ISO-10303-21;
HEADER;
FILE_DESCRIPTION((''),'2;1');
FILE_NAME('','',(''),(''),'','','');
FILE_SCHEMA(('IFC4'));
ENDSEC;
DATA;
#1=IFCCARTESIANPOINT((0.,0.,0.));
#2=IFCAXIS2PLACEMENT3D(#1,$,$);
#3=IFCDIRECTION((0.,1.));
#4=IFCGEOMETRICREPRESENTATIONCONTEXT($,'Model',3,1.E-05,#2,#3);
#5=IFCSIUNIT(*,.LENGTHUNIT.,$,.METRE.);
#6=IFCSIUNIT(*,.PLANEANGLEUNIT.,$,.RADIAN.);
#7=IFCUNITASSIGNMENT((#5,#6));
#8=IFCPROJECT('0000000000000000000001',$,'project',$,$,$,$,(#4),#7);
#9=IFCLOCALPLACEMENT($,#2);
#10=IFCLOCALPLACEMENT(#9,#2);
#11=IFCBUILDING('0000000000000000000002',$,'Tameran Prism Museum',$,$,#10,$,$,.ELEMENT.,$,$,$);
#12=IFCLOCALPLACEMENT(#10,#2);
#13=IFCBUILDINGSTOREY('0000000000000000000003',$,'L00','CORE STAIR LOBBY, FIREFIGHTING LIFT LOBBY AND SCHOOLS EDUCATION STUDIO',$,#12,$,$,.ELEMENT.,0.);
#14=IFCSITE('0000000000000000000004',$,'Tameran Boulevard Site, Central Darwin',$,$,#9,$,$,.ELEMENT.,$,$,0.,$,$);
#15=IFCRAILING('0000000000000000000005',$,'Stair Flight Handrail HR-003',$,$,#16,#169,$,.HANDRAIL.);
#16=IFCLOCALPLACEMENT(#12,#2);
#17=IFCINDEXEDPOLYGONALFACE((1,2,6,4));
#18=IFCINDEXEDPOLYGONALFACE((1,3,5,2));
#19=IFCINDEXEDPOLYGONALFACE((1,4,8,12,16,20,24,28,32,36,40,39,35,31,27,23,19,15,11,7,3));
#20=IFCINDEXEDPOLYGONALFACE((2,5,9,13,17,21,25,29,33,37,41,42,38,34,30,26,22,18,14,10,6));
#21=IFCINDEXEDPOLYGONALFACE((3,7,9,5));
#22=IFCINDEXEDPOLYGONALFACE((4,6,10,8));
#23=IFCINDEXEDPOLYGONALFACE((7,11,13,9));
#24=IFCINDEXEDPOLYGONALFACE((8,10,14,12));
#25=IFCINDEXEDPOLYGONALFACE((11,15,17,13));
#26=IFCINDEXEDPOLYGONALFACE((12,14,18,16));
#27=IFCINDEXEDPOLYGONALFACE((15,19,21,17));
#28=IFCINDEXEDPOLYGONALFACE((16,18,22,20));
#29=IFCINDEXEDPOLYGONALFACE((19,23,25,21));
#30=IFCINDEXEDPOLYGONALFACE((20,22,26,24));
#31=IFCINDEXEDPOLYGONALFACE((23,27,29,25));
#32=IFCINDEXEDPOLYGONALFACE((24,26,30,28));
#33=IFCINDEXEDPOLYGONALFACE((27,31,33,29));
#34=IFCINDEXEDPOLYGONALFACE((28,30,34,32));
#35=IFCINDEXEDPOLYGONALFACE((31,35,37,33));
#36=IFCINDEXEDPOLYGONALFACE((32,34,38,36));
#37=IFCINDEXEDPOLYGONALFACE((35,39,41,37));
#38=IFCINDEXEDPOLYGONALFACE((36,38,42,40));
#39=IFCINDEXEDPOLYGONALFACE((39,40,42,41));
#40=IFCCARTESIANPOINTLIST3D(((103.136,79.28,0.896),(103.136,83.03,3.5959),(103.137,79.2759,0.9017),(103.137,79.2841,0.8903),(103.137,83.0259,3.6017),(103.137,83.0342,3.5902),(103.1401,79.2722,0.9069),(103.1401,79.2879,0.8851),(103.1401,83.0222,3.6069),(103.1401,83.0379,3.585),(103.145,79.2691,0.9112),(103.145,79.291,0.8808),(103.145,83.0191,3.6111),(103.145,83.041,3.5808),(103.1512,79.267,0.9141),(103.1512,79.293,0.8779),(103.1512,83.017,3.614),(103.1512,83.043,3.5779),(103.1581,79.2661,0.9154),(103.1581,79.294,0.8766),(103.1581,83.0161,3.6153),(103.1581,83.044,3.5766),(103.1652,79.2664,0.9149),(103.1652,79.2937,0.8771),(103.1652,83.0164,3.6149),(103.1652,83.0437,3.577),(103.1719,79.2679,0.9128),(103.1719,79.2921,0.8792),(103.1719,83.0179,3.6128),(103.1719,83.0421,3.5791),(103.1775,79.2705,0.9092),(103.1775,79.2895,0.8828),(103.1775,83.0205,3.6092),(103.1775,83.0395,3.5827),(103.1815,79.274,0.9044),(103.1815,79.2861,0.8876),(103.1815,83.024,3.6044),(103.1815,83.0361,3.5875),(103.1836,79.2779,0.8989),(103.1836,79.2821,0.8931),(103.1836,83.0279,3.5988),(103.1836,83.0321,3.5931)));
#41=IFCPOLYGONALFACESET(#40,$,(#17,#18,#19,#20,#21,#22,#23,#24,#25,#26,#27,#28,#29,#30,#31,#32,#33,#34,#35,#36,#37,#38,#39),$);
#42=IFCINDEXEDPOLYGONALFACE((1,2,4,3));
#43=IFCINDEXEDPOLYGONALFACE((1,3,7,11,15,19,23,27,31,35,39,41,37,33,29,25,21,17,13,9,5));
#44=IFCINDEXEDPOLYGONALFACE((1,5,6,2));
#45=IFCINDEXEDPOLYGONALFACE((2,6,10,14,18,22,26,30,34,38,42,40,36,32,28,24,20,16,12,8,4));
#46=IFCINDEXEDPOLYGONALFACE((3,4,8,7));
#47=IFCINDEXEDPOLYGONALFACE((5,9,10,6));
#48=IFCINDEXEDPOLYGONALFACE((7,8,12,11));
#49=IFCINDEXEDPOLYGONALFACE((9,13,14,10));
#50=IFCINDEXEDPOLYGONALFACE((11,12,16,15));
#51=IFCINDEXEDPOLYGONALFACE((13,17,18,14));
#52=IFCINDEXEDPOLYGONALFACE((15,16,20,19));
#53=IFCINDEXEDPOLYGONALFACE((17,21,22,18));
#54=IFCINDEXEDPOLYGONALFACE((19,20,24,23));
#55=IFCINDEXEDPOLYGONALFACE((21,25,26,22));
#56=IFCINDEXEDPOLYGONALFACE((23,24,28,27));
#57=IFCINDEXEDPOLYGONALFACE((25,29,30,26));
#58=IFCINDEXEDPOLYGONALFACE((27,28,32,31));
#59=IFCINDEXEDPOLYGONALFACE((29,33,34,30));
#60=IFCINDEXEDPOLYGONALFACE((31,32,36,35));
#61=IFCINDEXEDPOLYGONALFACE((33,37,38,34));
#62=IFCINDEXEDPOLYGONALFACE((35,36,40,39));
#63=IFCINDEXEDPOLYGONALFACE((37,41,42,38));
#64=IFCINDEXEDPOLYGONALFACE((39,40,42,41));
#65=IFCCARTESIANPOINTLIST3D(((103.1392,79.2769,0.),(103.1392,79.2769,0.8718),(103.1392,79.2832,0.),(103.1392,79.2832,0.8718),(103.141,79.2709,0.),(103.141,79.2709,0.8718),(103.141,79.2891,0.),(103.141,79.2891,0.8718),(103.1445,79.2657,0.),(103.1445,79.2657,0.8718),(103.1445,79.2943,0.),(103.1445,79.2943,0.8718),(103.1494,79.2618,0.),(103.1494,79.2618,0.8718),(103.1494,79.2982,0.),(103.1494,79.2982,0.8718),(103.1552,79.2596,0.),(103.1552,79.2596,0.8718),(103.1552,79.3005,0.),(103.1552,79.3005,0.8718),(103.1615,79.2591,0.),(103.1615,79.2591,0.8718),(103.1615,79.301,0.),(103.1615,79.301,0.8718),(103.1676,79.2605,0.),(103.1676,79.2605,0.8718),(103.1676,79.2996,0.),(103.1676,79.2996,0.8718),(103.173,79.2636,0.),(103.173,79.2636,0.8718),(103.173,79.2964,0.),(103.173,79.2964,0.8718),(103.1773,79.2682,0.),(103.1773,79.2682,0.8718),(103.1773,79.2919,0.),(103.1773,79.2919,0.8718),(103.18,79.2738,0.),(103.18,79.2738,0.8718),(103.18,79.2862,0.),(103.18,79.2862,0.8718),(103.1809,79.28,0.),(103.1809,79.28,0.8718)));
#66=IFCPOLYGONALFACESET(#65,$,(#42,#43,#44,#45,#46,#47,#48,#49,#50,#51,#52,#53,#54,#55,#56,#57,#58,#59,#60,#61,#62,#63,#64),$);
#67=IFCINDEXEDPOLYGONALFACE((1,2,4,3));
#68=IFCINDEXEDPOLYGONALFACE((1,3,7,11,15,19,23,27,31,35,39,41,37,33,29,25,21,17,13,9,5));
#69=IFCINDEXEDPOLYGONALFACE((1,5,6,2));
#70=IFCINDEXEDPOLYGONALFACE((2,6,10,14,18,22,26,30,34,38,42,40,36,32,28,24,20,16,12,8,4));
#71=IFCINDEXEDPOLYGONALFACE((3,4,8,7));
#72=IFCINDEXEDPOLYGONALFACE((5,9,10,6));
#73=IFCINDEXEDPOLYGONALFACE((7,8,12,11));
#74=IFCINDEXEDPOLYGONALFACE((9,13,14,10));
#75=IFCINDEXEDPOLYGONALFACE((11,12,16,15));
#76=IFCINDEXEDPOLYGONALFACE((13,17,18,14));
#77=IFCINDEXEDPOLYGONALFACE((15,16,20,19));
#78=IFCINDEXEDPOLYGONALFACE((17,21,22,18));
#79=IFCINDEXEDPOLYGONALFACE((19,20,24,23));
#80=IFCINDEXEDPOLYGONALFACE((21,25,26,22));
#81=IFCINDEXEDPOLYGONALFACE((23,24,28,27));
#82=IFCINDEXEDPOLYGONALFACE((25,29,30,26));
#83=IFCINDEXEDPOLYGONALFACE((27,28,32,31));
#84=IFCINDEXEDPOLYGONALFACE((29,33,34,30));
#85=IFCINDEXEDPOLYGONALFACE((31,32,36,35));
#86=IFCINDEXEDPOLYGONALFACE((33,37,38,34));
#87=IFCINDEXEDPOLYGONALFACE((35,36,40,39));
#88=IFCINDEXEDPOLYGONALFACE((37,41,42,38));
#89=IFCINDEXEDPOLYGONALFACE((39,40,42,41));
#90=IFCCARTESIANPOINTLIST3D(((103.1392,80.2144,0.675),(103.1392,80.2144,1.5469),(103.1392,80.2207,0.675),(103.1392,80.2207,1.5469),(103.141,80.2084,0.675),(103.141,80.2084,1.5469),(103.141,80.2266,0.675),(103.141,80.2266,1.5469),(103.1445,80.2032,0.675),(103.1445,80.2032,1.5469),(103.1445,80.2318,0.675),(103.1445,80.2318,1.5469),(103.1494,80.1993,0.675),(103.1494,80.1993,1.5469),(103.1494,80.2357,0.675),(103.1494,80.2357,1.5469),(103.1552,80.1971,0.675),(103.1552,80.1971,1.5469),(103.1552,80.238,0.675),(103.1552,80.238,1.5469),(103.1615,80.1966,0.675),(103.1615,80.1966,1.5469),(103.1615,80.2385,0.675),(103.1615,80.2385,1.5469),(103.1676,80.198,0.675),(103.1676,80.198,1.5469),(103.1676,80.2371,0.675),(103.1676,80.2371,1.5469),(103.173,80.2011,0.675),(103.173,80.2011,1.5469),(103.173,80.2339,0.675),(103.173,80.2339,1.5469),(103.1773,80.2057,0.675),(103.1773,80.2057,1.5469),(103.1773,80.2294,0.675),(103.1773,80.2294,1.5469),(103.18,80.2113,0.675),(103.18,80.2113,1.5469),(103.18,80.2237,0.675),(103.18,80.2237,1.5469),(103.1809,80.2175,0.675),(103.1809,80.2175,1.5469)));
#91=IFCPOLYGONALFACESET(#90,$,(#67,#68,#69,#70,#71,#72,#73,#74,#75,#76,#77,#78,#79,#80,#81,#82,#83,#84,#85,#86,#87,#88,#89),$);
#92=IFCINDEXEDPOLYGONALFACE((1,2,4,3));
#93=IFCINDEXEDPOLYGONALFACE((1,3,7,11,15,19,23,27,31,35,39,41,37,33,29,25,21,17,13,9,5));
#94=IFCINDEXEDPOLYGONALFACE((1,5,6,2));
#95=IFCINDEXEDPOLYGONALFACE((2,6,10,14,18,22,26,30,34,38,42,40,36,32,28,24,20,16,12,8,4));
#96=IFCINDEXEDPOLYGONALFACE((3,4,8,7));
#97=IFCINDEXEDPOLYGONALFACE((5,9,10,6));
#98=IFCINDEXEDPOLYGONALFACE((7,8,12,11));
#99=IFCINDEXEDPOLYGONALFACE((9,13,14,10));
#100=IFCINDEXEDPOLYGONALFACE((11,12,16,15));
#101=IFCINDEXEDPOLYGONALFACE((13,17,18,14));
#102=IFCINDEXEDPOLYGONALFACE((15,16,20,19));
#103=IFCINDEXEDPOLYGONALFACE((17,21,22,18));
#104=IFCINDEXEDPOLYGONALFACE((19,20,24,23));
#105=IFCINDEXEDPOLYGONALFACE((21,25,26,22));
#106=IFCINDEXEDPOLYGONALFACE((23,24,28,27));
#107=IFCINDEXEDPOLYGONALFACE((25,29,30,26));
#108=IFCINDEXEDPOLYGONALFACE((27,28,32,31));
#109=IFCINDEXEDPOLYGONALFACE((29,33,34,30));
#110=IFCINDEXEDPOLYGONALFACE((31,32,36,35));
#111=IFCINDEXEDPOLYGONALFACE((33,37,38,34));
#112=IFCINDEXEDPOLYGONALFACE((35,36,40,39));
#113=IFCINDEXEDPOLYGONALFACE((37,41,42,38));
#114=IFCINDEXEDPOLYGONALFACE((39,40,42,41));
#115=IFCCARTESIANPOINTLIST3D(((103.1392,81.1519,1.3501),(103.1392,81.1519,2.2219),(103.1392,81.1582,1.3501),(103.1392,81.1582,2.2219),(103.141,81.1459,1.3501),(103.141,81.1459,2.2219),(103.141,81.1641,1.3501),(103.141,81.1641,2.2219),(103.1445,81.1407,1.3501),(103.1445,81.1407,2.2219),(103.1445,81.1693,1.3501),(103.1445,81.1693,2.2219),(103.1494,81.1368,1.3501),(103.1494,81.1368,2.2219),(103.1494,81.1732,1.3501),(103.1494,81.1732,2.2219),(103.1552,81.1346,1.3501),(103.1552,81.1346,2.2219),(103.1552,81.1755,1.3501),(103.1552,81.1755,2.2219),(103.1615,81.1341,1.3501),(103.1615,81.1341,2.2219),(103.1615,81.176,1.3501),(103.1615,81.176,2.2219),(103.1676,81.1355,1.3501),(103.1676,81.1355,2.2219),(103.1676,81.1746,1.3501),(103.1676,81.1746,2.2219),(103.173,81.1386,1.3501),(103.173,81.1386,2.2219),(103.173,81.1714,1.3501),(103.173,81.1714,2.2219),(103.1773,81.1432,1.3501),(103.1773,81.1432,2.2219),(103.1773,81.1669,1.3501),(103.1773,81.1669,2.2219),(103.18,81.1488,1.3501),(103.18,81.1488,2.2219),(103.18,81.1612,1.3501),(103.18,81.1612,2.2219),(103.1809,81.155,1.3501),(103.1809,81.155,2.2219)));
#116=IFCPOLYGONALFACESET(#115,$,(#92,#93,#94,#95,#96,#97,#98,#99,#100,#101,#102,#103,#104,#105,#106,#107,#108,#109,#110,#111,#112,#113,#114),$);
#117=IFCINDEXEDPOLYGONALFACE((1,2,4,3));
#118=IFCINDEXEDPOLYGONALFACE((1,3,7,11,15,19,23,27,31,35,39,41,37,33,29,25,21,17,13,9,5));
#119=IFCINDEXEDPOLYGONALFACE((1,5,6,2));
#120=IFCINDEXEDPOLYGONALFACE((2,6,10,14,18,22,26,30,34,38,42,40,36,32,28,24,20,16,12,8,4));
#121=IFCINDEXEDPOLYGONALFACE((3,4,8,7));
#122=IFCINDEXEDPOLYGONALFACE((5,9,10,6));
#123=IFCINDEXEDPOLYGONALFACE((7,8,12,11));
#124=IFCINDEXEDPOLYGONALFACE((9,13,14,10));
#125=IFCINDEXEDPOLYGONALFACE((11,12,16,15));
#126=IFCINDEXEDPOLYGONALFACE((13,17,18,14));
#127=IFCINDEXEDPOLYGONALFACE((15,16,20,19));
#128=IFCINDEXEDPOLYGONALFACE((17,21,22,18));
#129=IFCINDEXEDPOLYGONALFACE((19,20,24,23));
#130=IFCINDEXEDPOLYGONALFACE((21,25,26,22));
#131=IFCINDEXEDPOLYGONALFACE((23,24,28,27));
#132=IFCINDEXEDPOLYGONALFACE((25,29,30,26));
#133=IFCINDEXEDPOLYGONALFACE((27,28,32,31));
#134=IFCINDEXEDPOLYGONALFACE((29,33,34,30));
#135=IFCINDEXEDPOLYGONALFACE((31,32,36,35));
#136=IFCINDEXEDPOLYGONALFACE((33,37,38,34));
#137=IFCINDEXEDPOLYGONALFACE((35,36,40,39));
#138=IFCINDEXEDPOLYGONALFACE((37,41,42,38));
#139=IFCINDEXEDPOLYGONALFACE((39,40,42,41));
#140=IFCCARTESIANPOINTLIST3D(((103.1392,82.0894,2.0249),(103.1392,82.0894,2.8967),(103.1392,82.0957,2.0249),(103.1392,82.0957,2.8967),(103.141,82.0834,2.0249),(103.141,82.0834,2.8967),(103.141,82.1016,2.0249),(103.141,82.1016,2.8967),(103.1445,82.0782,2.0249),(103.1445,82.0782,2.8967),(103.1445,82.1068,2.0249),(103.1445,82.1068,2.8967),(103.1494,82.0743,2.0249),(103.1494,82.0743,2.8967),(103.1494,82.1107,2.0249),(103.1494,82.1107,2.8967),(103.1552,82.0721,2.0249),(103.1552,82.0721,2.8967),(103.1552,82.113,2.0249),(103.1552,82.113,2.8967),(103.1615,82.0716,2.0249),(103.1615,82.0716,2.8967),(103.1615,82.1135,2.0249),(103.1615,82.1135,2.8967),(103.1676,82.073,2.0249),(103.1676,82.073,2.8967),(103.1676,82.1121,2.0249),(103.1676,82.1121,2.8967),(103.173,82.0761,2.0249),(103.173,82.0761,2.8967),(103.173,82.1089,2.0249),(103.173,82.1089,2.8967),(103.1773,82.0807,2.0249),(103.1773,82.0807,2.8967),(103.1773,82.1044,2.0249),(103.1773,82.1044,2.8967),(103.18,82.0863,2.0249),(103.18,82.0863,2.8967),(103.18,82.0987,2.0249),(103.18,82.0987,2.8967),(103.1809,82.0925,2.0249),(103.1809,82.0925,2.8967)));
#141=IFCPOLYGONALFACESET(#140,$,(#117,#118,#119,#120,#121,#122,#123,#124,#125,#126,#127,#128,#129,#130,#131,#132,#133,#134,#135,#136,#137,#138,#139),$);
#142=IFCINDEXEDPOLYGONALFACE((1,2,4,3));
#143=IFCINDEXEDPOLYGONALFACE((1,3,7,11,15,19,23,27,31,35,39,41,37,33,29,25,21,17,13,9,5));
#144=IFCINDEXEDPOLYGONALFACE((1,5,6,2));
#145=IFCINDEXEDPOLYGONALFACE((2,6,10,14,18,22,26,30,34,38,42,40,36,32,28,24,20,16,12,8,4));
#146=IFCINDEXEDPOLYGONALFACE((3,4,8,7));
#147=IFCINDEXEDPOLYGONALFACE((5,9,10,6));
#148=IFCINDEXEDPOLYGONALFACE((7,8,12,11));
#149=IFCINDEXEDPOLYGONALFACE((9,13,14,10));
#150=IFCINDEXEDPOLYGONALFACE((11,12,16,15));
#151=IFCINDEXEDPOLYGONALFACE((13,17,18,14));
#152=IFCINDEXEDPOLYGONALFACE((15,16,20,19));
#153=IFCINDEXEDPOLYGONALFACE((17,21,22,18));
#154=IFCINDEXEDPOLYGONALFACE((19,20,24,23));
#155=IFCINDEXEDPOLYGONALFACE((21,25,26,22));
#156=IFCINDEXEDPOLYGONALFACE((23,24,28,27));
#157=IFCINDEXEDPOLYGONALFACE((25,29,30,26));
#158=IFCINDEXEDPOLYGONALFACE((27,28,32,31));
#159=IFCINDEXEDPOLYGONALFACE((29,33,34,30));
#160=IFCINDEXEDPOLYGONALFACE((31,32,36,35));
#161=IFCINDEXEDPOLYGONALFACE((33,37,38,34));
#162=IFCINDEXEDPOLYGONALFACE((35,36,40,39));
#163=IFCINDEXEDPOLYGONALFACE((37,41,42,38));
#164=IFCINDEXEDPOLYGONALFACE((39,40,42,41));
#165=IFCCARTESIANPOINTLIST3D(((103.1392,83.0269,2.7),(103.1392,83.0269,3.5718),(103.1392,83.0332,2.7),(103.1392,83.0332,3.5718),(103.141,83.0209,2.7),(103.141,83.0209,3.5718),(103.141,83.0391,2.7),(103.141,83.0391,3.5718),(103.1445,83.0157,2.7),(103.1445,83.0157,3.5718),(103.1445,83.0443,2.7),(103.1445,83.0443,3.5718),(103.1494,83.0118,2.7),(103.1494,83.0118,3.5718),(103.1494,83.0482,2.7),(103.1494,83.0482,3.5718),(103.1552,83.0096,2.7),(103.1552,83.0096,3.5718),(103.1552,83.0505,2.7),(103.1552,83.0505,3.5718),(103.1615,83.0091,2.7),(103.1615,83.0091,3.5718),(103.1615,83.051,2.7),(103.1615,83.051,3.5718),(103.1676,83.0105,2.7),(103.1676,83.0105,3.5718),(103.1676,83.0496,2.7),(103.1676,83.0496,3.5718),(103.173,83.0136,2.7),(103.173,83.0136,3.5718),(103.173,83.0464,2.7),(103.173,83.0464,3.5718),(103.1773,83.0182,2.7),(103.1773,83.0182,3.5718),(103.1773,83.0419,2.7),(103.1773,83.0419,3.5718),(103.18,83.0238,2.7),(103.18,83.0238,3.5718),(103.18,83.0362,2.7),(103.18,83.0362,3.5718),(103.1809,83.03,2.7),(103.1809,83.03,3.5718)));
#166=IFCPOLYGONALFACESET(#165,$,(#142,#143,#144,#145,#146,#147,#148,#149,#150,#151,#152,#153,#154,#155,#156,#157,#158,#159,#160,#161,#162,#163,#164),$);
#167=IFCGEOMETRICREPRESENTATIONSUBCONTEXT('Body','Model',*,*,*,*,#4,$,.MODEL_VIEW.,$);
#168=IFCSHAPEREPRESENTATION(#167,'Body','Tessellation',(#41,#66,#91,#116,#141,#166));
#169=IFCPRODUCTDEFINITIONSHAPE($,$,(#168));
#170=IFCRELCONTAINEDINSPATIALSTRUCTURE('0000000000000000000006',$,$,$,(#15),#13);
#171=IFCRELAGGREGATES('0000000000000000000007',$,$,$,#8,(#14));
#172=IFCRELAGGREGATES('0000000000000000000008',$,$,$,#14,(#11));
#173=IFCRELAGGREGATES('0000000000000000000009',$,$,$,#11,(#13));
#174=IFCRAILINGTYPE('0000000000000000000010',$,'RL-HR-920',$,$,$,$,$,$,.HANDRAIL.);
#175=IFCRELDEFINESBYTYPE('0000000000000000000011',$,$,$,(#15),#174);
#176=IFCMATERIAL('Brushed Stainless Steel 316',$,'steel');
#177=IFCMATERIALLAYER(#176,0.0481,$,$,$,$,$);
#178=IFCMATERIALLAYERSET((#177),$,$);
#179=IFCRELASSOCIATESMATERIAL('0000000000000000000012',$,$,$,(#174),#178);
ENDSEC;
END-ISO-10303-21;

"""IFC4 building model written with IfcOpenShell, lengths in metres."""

from ifc_helpers import new_model, si_unit, direction, frame, origin, origin_2d, place, context, subcontext, project, spatial, circle, extrude, material, layer, layer_set, type_object, element, save


model = new_model("IFC4")

# Units and contexts
model_context = context("Model", 3, precision=1e-05, world=origin(), true_north=direction((0.0, 1.0)))
body_context = subcontext(model_context, "Body", "Model", "MODEL_VIEW")
ifc_project = project(units=[si_unit("LENGTHUNIT", "METRE"), si_unit("PLANEANGLEUNIT", "RADIAN")], contexts=[model_context])

# Site, building, storey
site_placement = place(None, origin())
site = spatial("IfcSite", under=ifc_project, at=site_placement, Name="Tameran Boulevard Site, Central Darwin", CompositionType="ELEMENT", RefElevation=0.0)
building_placement = place(site_placement, origin())
building = spatial("IfcBuilding", under=site, at=building_placement, Name="Tameran Prism Museum", CompositionType="ELEMENT")
storey_placement = place(building_placement, origin())
storey = spatial("IfcBuildingStorey", under=building, at=storey_placement, Name="L00", Description="CORE STAIR LOBBY, FIREFIGHTING LIFT LOBBY AND SCHOOLS EDUCATION STUDIO", CompositionType="ELEMENT", Elevation=0.0)

# Railing
ifc_material_1 = material(Name="Brushed Stainless Steel 316", Category="steel")
ifc_layer_1 = layer(ifc_material_1, 0.0481)
ifc_layer_set_1 = layer_set([ifc_layer_1])
railing_type_1 = type_object("IfcRailingType", Name="RL-HR-920", PredefinedType="HANDRAIL", material=ifc_layer_set_1)
railing_1_placement = place(storey_placement, frame((103.1599, 79.28, 0.0)))
element("IfcRailing", 1, at=railing_1_placement, inside=storey, type_object=railing_type_1, Name="Stair Flight Handrail HR-003", PredefinedType="HANDRAIL", context=body_context, shape_type="SweptSolid", body=[
    extrude(circle(Radius=0.0239, at=origin_2d()), frame((0.0, 0.0, 0.896), z_axis=(0.0, 0.811539, 0.584298), x_axis=(-1.0, 0.0, 0.0)), (0.0, 0.0, 1.0), 4.6208),
    extrude(circle(Radius=0.021, at=origin_2d()), origin(), (0.0, 0.0, 1.0), 0.8718),
    extrude(circle(Radius=0.021, at=origin_2d()), frame((0.0, 0.9375, 0.675)), (0.0, 0.0, 1.0), 0.8718),
    extrude(circle(Radius=0.021, at=origin_2d()), frame((0.0, 1.875, 1.3501)), (0.0, 0.0, 1.0), 0.8718),
    extrude(circle(Radius=0.021, at=origin_2d()), frame((0.0, 2.8125, 2.0249)), (0.0, 0.0, 1.0), 0.8718),
    extrude(circle(Radius=0.021, at=origin_2d()), frame((0.0, 3.75, 2.7)), (0.0, 0.0, 1.0), 0.8718),
])

save(model, "model.ifc")
